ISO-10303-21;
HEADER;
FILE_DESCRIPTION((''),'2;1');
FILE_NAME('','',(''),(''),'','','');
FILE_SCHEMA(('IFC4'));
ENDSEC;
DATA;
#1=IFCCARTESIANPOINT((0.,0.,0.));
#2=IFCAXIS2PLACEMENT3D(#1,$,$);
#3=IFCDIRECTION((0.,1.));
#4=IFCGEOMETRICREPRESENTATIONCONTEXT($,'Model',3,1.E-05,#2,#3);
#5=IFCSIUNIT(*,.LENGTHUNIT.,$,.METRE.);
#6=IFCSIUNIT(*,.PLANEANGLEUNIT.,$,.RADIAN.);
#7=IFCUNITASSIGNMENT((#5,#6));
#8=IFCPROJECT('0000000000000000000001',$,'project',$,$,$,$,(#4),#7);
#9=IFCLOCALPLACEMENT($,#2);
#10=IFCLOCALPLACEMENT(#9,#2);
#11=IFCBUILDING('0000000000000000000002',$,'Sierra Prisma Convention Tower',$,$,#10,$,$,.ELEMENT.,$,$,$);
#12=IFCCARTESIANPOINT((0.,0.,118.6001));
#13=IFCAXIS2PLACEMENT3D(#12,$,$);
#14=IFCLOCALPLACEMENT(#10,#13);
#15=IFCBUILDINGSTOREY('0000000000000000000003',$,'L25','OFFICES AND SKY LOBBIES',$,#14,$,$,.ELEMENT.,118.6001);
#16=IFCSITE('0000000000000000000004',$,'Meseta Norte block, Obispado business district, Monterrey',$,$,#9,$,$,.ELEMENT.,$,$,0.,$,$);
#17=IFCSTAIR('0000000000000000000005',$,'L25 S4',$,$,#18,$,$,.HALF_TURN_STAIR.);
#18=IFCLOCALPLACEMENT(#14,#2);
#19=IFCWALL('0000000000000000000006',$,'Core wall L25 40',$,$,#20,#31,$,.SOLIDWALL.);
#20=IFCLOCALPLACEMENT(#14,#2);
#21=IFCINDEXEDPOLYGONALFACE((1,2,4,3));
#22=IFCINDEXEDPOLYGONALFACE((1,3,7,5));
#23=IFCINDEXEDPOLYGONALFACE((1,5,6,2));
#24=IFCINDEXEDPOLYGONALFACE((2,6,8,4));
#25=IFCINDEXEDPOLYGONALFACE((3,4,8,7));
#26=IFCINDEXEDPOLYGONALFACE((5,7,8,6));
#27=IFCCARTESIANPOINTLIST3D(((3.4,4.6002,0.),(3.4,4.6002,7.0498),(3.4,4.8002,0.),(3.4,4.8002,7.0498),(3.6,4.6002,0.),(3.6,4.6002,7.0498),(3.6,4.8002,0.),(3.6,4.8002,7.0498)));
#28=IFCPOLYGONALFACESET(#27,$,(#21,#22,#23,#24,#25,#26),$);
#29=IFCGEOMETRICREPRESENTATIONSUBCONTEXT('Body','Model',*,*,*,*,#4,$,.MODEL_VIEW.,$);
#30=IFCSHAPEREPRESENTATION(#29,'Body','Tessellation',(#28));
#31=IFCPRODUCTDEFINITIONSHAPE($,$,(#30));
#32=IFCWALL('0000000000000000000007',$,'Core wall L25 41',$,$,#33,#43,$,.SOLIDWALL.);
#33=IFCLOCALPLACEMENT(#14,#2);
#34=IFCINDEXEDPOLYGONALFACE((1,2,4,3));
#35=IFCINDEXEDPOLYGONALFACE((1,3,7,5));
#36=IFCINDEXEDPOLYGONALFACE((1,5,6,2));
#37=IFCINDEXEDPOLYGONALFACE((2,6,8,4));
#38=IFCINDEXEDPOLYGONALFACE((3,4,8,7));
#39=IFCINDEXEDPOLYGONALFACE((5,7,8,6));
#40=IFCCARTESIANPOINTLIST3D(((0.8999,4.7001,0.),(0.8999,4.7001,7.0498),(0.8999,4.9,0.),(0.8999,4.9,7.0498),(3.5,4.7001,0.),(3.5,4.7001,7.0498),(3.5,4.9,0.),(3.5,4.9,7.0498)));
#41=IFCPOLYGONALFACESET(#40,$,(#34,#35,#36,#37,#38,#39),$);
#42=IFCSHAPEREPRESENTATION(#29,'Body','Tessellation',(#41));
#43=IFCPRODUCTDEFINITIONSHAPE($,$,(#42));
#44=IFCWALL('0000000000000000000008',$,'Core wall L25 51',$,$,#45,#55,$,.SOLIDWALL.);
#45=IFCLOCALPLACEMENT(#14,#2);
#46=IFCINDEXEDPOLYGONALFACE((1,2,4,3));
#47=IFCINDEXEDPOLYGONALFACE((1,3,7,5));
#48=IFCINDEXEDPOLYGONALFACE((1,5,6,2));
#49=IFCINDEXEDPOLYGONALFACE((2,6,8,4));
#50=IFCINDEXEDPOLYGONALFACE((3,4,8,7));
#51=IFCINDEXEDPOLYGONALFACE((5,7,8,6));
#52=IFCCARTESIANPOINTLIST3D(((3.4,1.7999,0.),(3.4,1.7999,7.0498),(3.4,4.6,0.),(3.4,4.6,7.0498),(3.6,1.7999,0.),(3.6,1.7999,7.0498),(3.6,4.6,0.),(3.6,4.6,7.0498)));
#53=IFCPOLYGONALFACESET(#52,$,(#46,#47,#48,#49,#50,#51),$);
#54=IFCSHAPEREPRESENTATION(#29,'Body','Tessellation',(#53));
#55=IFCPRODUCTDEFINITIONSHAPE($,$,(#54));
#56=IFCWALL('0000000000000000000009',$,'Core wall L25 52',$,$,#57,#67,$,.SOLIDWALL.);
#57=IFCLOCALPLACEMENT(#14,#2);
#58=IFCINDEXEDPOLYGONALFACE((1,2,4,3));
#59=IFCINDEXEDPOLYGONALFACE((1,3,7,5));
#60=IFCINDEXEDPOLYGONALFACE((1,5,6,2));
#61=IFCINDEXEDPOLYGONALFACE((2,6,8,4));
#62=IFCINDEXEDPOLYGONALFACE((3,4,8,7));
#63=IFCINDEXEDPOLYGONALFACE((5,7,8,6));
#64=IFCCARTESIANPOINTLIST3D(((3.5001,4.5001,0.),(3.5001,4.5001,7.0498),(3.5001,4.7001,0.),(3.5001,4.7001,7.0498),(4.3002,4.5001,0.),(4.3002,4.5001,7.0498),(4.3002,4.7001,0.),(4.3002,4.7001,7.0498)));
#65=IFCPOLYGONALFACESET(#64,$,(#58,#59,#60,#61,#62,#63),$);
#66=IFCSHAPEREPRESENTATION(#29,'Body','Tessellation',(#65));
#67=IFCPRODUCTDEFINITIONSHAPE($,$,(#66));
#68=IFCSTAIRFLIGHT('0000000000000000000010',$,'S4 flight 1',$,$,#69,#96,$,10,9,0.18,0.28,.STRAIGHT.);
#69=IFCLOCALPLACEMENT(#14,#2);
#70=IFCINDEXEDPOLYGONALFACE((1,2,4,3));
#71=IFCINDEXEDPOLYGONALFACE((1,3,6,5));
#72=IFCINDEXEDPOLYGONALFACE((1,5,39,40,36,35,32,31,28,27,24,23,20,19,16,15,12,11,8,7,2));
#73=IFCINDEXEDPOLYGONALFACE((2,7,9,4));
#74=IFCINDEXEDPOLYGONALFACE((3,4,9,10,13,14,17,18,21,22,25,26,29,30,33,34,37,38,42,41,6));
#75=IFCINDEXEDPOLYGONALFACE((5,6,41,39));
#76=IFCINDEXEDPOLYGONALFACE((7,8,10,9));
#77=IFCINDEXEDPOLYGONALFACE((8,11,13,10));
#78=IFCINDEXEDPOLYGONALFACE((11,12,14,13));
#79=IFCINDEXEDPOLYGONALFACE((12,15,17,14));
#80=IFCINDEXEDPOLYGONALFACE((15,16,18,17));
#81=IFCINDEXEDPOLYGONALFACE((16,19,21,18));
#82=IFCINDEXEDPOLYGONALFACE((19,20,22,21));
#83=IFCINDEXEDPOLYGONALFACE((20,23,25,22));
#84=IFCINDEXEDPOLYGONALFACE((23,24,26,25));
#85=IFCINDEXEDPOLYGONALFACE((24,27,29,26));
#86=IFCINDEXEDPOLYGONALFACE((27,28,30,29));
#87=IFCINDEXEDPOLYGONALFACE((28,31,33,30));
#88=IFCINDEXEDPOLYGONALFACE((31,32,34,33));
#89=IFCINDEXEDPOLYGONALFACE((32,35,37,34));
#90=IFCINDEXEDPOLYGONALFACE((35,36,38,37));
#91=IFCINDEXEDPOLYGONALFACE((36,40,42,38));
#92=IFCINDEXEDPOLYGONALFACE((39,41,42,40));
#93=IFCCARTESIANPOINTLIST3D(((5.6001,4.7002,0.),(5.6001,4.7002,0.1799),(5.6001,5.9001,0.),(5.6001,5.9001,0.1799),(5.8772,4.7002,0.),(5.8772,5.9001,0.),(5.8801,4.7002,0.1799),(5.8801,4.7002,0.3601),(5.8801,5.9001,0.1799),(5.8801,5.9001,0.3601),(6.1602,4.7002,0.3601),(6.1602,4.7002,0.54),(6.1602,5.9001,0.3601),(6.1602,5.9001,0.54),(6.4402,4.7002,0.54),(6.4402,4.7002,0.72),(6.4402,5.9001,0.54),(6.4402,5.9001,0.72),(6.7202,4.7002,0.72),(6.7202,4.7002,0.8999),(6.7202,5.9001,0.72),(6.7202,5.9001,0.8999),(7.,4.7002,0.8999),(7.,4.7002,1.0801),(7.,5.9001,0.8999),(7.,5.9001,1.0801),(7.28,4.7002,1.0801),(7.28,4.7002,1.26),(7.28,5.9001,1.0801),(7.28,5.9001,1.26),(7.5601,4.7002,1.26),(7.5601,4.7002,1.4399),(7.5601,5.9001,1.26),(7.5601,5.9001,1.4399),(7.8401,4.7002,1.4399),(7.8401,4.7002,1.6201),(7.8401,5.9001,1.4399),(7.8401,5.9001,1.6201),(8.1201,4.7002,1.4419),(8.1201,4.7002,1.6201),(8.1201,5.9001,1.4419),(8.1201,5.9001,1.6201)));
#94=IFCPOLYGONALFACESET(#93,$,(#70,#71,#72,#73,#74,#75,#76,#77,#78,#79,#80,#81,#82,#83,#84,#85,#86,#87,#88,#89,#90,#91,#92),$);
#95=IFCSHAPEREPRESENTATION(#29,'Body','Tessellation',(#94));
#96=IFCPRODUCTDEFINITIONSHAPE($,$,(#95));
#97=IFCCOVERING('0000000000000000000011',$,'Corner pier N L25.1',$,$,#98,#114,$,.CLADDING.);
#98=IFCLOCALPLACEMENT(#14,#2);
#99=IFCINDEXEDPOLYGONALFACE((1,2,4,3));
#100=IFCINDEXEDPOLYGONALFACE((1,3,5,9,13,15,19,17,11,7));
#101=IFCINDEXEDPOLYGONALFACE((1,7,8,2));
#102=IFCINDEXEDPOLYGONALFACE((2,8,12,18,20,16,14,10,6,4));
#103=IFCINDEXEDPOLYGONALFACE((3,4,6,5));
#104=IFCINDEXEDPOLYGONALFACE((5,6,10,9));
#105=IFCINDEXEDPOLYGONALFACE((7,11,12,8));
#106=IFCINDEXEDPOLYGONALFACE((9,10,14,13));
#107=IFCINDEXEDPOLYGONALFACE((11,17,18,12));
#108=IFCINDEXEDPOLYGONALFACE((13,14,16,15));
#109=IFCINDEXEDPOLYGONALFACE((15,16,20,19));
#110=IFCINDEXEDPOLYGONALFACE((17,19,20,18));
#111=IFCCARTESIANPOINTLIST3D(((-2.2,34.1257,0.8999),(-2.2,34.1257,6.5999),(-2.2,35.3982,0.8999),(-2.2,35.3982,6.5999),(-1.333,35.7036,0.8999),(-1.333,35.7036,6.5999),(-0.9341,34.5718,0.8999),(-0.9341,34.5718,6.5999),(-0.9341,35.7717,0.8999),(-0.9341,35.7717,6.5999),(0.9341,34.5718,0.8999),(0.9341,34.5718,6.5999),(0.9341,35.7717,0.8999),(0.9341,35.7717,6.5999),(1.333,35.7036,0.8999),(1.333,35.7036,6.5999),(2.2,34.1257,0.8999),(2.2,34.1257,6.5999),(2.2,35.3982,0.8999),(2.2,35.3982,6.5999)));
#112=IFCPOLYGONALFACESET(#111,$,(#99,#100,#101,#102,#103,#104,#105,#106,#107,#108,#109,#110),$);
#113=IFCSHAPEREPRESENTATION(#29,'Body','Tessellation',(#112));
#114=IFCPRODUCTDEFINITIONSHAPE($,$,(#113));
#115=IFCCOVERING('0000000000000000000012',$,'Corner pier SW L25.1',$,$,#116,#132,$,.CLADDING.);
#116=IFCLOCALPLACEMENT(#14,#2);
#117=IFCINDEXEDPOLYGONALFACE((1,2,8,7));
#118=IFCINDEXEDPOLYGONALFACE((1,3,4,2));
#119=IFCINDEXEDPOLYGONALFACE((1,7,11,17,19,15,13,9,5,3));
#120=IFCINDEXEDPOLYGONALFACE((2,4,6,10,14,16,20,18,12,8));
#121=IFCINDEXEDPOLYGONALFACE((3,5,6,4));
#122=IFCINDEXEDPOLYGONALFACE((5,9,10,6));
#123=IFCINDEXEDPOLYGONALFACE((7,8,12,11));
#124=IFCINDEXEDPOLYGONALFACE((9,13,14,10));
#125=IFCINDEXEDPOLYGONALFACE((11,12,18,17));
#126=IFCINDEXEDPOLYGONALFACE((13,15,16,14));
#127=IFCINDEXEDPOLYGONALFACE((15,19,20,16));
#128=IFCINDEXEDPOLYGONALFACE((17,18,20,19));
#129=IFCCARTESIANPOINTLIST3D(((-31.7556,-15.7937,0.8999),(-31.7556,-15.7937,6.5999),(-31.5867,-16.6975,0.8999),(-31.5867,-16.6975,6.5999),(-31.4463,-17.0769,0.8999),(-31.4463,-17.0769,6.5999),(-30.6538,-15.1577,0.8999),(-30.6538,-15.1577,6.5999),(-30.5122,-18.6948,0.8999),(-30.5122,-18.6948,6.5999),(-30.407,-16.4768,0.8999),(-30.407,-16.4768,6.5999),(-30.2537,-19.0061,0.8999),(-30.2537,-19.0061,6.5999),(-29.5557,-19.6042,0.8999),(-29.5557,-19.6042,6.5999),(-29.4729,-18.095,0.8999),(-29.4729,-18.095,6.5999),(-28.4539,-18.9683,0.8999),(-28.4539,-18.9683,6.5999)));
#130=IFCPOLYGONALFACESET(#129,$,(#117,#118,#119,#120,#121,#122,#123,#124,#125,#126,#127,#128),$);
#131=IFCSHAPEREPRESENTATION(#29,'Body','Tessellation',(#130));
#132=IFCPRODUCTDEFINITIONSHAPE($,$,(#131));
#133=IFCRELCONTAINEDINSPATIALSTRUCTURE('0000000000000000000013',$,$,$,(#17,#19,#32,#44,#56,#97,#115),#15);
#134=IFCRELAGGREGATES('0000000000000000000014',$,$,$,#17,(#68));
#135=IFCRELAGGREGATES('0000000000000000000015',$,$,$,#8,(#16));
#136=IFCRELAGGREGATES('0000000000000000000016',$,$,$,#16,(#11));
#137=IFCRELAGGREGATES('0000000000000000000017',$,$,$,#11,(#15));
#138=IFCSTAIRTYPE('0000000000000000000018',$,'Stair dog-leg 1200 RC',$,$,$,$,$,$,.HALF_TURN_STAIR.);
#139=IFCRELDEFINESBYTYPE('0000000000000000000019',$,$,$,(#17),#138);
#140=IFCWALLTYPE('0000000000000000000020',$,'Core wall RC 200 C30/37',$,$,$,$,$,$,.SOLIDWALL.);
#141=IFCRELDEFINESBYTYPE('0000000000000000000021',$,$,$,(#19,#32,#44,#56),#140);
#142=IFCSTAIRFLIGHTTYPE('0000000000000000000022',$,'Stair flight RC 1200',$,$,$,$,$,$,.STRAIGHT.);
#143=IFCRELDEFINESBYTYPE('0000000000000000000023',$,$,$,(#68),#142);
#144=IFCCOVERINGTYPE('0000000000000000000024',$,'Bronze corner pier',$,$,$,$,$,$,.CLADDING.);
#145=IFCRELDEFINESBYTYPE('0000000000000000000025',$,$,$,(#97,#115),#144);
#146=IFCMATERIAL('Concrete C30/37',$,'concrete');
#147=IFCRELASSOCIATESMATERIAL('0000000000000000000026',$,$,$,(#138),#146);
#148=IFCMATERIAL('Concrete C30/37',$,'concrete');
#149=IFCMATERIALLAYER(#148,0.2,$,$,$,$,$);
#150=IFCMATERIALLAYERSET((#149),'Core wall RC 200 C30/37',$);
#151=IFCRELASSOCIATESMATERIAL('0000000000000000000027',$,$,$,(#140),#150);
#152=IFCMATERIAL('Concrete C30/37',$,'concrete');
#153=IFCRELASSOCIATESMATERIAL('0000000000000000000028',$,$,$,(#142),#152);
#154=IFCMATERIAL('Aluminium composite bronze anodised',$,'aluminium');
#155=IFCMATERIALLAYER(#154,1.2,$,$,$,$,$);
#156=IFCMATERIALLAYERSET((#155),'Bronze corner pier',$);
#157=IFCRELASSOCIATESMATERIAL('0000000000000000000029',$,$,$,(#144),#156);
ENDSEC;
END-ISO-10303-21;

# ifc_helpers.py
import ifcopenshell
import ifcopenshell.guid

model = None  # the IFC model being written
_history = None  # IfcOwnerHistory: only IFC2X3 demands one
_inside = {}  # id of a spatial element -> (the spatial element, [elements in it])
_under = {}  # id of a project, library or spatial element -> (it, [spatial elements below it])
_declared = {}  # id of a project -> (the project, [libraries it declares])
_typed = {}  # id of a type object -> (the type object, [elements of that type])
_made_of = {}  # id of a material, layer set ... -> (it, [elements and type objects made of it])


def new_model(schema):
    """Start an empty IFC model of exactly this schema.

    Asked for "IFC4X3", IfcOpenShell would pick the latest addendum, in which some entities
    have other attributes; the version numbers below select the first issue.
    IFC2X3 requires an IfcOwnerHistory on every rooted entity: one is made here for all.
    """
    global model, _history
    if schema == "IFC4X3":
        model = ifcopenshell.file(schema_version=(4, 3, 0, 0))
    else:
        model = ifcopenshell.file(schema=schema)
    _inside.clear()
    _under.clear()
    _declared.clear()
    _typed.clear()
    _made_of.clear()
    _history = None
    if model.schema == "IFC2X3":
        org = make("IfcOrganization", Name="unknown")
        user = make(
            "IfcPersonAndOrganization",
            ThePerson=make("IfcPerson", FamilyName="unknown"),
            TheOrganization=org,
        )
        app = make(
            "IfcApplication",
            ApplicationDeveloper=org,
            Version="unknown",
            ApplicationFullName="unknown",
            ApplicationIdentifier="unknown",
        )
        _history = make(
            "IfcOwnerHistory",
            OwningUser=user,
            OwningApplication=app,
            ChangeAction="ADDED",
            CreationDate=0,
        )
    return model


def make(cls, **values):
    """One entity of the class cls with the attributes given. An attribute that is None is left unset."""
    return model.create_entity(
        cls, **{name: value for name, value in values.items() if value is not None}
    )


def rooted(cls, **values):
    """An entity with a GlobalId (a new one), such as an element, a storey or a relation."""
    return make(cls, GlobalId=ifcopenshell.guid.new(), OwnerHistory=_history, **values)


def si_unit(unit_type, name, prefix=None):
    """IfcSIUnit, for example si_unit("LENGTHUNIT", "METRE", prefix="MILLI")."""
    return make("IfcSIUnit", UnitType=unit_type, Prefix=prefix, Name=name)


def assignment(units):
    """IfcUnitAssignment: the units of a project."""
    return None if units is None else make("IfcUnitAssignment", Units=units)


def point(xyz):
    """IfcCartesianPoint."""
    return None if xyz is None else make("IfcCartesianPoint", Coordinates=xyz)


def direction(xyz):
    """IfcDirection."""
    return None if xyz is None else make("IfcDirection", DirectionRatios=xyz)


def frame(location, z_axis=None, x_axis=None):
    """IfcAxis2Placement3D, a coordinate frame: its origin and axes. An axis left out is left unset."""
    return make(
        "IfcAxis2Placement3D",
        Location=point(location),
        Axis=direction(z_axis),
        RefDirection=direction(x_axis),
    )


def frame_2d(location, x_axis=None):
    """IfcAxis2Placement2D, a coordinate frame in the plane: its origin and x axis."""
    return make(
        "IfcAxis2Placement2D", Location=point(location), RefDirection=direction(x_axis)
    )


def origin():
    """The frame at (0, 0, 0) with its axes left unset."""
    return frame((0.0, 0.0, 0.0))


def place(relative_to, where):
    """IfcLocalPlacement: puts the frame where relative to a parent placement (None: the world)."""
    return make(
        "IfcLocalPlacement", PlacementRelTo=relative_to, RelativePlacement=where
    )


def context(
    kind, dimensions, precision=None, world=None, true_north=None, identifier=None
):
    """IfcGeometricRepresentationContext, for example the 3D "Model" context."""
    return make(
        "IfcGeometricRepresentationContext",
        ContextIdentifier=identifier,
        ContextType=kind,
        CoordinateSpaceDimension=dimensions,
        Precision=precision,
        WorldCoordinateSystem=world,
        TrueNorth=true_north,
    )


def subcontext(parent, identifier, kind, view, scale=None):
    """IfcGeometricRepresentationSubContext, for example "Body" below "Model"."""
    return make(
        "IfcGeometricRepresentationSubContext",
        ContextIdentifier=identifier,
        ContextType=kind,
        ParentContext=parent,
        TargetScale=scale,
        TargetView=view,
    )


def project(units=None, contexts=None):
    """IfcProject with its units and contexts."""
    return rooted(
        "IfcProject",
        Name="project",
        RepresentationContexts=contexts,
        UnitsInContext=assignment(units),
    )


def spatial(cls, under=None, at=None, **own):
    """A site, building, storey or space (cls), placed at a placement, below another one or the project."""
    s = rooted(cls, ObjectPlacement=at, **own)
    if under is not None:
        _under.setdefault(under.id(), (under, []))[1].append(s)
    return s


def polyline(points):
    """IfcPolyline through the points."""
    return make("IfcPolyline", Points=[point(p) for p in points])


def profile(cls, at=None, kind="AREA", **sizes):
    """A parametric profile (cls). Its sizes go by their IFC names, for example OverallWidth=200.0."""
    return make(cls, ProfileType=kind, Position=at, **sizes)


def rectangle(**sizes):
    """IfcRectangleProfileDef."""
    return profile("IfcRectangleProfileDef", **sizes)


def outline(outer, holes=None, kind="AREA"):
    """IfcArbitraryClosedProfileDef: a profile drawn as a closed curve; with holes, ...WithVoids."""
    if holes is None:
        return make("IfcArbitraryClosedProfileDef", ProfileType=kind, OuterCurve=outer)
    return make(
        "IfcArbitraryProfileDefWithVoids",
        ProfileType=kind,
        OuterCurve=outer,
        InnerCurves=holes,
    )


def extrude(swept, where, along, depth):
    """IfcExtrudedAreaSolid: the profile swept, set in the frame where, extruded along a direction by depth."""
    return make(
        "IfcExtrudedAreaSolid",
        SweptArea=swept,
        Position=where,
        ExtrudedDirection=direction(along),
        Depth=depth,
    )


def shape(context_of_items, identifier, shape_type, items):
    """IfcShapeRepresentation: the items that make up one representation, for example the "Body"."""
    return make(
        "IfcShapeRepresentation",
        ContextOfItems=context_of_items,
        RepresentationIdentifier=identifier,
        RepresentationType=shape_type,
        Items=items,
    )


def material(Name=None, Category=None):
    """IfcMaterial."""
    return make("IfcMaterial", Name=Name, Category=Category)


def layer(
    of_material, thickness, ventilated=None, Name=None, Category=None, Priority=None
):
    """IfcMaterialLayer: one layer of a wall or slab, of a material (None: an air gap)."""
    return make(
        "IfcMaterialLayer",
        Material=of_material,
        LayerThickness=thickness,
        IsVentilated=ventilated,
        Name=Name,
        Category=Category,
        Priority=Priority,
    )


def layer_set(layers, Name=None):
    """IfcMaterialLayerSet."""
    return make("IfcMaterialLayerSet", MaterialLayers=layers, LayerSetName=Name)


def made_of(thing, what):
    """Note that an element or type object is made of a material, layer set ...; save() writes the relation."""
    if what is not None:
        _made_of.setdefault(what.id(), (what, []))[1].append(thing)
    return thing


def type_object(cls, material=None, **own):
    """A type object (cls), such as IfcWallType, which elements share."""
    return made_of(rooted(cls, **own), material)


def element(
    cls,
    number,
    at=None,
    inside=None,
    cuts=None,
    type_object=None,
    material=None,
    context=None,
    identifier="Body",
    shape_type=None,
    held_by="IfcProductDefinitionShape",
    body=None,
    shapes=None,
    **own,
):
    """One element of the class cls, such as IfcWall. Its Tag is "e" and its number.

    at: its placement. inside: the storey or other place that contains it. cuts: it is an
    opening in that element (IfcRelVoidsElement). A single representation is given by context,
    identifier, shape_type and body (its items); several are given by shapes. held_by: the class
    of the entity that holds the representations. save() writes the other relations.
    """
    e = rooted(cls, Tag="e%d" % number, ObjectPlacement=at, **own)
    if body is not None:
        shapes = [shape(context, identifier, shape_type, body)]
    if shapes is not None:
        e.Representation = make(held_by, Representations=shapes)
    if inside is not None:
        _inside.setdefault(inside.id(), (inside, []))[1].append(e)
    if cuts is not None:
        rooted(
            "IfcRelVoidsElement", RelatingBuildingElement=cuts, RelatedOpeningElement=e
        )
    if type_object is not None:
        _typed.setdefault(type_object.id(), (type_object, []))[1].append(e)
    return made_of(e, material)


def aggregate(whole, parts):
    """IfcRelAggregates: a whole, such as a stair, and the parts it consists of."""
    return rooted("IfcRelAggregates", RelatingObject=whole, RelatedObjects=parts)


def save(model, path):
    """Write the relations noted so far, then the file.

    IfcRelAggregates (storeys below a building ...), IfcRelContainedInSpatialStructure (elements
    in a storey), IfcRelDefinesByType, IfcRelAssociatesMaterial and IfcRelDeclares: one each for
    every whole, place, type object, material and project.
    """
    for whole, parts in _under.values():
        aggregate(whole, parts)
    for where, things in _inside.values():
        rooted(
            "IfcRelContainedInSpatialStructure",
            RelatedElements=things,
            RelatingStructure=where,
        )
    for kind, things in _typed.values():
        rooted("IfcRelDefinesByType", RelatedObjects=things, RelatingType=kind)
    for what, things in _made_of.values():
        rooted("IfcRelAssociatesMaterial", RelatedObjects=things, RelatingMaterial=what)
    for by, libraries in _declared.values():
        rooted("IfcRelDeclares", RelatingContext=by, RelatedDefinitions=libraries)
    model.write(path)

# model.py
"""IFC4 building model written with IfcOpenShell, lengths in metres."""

from ifc_helpers import new_model, si_unit, direction, frame, frame_2d, origin, place, context, subcontext, project, spatial, polyline, rectangle, outline, extrude, material, layer, layer_set, type_object, element, aggregate, save


model = new_model("IFC4")

# Units and contexts
model_context = context("Model", 3, precision=1e-05, world=origin(), true_north=direction((0.0, 1.0)))
body_context = subcontext(model_context, "Body", "Model", "MODEL_VIEW")
ifc_project = project(units=[si_unit("LENGTHUNIT", "METRE"), si_unit("PLANEANGLEUNIT", "RADIAN")], contexts=[model_context])

# Site, building, storey
site_placement = place(None, origin())
site = spatial("IfcSite", under=ifc_project, at=site_placement, Name="Meseta Norte block, Obispado business district, Monterrey", CompositionType="ELEMENT", RefElevation=0.0)
building_placement = place(site_placement, origin())
building = spatial("IfcBuilding", under=site, at=building_placement, Name="Sierra Prisma Convention Tower", CompositionType="ELEMENT")
storey_placement = place(building_placement, frame((0.0, 0.0, 118.6001)))
storey = spatial("IfcBuildingStorey", under=building, at=storey_placement, Name="L25", Description="OFFICES AND SKY LOBBIES", CompositionType="ELEMENT", Elevation=118.6001)

# Shared definitions
ifc_material_1 = material(Name="Concrete C30/37", Category="concrete")
stair_type = type_object("IfcStairType", Name="Stair dog-leg 1200 RC", PredefinedType="HALF_TURN_STAIR", material=ifc_material_1)

# Stair
stair_1_placement = place(storey_placement, origin())
stair_1 = element("IfcStair", 1, at=stair_1_placement, inside=storey, type_object=stair_type, Name="L25 S4", PredefinedType="HALF_TURN_STAIR")

# Shared definitions
ifc_material_2 = material(Name="Concrete C30/37", Category="concrete")
ifc_layer_1 = layer(ifc_material_2, 0.2)
ifc_layer_set_1 = layer_set([ifc_layer_1], Name="Core wall RC 200 C30/37")
wall_type = type_object("IfcWallType", Name="Core wall RC 200 C30/37", PredefinedType="SOLIDWALL", material=ifc_layer_set_1)

# Walls
wall_1_placement = place(storey_placement, frame((3.5, 4.6001, 0.0), z_axis=(0.0, 0.0, 1.0), x_axis=(0.0, 1.0, 0.0)))
element("IfcWall", 2, at=wall_1_placement, inside=storey, type_object=wall_type, Name="Core wall L25 40", PredefinedType="SOLIDWALL", context=body_context, shape_type="SweptSolid", body=[
    extrude(rectangle(XDim=0.2, YDim=0.2, at=frame_2d((0.1001, 0.0))), origin(), (0.0, 0.0, 1.0), 7.0498),
])
wall_2_placement = place(storey_placement, frame((3.5, 4.8, 0.0), z_axis=(0.0, 0.0, 1.0), x_axis=(-1.0, 0.0, 0.0)))
element("IfcWall", 3, at=wall_2_placement, inside=storey, type_object=wall_type, Name="Core wall L25 41", PredefinedType="SOLIDWALL", context=body_context, shape_type="SweptSolid", body=[
    extrude(rectangle(XDim=2.6001, YDim=0.2, at=frame_2d((1.3, 0.0))), origin(), (0.0, 0.0, 1.0), 7.0498),
])

# Walls
wall_3_placement = place(storey_placement, frame((3.5, 1.8, 0.0), z_axis=(0.0, 0.0, 1.0), x_axis=(0.0, 1.0, 0.0)))
element("IfcWall", 4, at=wall_3_placement, inside=storey, type_object=wall_type, Name="Core wall L25 51", PredefinedType="SOLIDWALL", context=body_context, shape_type="SweptSolid", body=[
    extrude(rectangle(XDim=2.8, YDim=0.2, at=frame_2d((1.3999, 0.0))), origin(), (0.0, 0.0, 1.0), 7.0498),
])
wall_4_placement = place(storey_placement, frame((4.3, 4.6001, 0.0), z_axis=(0.0, 0.0, 1.0), x_axis=(-1.0, 0.0, 0.0)))
element("IfcWall", 5, at=wall_4_placement, inside=storey, type_object=wall_type, Name="Core wall L25 52", PredefinedType="SOLIDWALL", context=body_context, shape_type="SweptSolid", body=[
    extrude(rectangle(XDim=0.8, YDim=0.2, at=frame_2d((0.3999, 0.0))), origin(), (0.0, 0.0, 1.0), 7.0498),
])

# Stair flight
ifc_material_3 = material(Name="Concrete C30/37", Category="concrete")
stair_flight_type = type_object("IfcStairFlightType", Name="Stair flight RC 1200", PredefinedType="STRAIGHT", material=ifc_material_3)
stair_flight_placement = place(storey_placement, frame((5.6001, 5.3, 0.0), z_axis=(0.0, 0.0, 1.0), x_axis=(1.0, 0.0, 0.0)))
stair_flight = element("IfcStairFlight", 6, at=stair_flight_placement, type_object=stair_flight_type, Name="S4 flight 1", NumberOfRisers=10, NumberOfTreads=9, PredefinedType="STRAIGHT", RiserHeight=0.18, TreadLength=0.28, context=body_context, shape_type="SweptSolid", body=[
    extrude(outline(polyline([(0.0, 0.0), (0.0, 0.1799), (0.28, 0.1799), (0.28, 0.3601), (0.5601, 0.3601), (0.5601, 0.54), (0.8401, 0.54), (0.8401, 0.72), (1.1201, 0.72), (1.1201, 0.8999), (1.3999, 0.8999), (1.3999, 1.0801), (1.6799, 1.0801), (1.6799, 1.26), (1.96, 1.26), (1.96, 1.4399), (2.24, 1.4399), (2.24, 1.6201), (2.52, 1.6201), (2.52, 1.8), (2.52, 1.4419), (0.2771, 0.0), (0.0, 0.0)])), frame((0.0, 0.6001, 0.0), z_axis=(0.0, -1.0, 0.0), x_axis=(1.0, 0.0, 0.0)), (0.0, 0.0, 1.0), 1.2),
])
aggregate(stair_1, [stair_flight])

# Coverings
ifc_material_4 = material(Name="Aluminium composite bronze anodised", Category="aluminium")
ifc_layer_2 = layer(ifc_material_4, 1.2)
ifc_layer_set_2 = layer_set([ifc_layer_2], Name="Bronze corner pier")
covering_type = type_object("IfcCoveringType", Name="Bronze corner pier", PredefinedType="CLADDING", material=ifc_layer_set_2)
covering_1_placement = place(storey_placement, frame((0.0, 0.0, 0.8999)))
element("IfcCovering", 7, at=covering_1_placement, inside=storey, type_object=covering_type, Name="Corner pier N L25.1", PredefinedType="CLADDING", context=body_context, shape_type="SweptSolid", body=[
    extrude(outline(polyline([(-0.9341, 35.7717), (0.9341, 35.7717), (1.333, 35.7036), (2.2, 35.3982), (2.2, 34.1257), (0.9341, 34.5718), (-0.9341, 34.5718), (-2.2, 34.1257), (-2.2, 35.3982), (-1.333, 35.7036), (-0.9341, 35.7717)])), origin(), (0.0, 0.0, 1.0), 5.7),
])
covering_2_placement = place(storey_placement, frame((0.0, 0.0, 0.8999)))
element("IfcCovering", 8, at=covering_2_placement, inside=storey, type_object=covering_type, Name="Corner pier SW L25.1", PredefinedType="CLADDING", context=body_context, shape_type="SweptSolid", body=[
    extrude(outline(polyline([(-30.5122, -18.6948), (-31.4463, -17.0769), (-31.5867, -16.6975), (-31.7556, -15.7937), (-30.6538, -15.1577), (-30.407, -16.4768), (-29.4729, -18.095), (-28.4539, -18.9683), (-29.5557, -19.6042), (-30.2537, -19.0061), (-30.5122, -18.6948)])), origin(), (0.0, 0.0, 1.0), 5.7),
])

save(model, "model.ifc")
